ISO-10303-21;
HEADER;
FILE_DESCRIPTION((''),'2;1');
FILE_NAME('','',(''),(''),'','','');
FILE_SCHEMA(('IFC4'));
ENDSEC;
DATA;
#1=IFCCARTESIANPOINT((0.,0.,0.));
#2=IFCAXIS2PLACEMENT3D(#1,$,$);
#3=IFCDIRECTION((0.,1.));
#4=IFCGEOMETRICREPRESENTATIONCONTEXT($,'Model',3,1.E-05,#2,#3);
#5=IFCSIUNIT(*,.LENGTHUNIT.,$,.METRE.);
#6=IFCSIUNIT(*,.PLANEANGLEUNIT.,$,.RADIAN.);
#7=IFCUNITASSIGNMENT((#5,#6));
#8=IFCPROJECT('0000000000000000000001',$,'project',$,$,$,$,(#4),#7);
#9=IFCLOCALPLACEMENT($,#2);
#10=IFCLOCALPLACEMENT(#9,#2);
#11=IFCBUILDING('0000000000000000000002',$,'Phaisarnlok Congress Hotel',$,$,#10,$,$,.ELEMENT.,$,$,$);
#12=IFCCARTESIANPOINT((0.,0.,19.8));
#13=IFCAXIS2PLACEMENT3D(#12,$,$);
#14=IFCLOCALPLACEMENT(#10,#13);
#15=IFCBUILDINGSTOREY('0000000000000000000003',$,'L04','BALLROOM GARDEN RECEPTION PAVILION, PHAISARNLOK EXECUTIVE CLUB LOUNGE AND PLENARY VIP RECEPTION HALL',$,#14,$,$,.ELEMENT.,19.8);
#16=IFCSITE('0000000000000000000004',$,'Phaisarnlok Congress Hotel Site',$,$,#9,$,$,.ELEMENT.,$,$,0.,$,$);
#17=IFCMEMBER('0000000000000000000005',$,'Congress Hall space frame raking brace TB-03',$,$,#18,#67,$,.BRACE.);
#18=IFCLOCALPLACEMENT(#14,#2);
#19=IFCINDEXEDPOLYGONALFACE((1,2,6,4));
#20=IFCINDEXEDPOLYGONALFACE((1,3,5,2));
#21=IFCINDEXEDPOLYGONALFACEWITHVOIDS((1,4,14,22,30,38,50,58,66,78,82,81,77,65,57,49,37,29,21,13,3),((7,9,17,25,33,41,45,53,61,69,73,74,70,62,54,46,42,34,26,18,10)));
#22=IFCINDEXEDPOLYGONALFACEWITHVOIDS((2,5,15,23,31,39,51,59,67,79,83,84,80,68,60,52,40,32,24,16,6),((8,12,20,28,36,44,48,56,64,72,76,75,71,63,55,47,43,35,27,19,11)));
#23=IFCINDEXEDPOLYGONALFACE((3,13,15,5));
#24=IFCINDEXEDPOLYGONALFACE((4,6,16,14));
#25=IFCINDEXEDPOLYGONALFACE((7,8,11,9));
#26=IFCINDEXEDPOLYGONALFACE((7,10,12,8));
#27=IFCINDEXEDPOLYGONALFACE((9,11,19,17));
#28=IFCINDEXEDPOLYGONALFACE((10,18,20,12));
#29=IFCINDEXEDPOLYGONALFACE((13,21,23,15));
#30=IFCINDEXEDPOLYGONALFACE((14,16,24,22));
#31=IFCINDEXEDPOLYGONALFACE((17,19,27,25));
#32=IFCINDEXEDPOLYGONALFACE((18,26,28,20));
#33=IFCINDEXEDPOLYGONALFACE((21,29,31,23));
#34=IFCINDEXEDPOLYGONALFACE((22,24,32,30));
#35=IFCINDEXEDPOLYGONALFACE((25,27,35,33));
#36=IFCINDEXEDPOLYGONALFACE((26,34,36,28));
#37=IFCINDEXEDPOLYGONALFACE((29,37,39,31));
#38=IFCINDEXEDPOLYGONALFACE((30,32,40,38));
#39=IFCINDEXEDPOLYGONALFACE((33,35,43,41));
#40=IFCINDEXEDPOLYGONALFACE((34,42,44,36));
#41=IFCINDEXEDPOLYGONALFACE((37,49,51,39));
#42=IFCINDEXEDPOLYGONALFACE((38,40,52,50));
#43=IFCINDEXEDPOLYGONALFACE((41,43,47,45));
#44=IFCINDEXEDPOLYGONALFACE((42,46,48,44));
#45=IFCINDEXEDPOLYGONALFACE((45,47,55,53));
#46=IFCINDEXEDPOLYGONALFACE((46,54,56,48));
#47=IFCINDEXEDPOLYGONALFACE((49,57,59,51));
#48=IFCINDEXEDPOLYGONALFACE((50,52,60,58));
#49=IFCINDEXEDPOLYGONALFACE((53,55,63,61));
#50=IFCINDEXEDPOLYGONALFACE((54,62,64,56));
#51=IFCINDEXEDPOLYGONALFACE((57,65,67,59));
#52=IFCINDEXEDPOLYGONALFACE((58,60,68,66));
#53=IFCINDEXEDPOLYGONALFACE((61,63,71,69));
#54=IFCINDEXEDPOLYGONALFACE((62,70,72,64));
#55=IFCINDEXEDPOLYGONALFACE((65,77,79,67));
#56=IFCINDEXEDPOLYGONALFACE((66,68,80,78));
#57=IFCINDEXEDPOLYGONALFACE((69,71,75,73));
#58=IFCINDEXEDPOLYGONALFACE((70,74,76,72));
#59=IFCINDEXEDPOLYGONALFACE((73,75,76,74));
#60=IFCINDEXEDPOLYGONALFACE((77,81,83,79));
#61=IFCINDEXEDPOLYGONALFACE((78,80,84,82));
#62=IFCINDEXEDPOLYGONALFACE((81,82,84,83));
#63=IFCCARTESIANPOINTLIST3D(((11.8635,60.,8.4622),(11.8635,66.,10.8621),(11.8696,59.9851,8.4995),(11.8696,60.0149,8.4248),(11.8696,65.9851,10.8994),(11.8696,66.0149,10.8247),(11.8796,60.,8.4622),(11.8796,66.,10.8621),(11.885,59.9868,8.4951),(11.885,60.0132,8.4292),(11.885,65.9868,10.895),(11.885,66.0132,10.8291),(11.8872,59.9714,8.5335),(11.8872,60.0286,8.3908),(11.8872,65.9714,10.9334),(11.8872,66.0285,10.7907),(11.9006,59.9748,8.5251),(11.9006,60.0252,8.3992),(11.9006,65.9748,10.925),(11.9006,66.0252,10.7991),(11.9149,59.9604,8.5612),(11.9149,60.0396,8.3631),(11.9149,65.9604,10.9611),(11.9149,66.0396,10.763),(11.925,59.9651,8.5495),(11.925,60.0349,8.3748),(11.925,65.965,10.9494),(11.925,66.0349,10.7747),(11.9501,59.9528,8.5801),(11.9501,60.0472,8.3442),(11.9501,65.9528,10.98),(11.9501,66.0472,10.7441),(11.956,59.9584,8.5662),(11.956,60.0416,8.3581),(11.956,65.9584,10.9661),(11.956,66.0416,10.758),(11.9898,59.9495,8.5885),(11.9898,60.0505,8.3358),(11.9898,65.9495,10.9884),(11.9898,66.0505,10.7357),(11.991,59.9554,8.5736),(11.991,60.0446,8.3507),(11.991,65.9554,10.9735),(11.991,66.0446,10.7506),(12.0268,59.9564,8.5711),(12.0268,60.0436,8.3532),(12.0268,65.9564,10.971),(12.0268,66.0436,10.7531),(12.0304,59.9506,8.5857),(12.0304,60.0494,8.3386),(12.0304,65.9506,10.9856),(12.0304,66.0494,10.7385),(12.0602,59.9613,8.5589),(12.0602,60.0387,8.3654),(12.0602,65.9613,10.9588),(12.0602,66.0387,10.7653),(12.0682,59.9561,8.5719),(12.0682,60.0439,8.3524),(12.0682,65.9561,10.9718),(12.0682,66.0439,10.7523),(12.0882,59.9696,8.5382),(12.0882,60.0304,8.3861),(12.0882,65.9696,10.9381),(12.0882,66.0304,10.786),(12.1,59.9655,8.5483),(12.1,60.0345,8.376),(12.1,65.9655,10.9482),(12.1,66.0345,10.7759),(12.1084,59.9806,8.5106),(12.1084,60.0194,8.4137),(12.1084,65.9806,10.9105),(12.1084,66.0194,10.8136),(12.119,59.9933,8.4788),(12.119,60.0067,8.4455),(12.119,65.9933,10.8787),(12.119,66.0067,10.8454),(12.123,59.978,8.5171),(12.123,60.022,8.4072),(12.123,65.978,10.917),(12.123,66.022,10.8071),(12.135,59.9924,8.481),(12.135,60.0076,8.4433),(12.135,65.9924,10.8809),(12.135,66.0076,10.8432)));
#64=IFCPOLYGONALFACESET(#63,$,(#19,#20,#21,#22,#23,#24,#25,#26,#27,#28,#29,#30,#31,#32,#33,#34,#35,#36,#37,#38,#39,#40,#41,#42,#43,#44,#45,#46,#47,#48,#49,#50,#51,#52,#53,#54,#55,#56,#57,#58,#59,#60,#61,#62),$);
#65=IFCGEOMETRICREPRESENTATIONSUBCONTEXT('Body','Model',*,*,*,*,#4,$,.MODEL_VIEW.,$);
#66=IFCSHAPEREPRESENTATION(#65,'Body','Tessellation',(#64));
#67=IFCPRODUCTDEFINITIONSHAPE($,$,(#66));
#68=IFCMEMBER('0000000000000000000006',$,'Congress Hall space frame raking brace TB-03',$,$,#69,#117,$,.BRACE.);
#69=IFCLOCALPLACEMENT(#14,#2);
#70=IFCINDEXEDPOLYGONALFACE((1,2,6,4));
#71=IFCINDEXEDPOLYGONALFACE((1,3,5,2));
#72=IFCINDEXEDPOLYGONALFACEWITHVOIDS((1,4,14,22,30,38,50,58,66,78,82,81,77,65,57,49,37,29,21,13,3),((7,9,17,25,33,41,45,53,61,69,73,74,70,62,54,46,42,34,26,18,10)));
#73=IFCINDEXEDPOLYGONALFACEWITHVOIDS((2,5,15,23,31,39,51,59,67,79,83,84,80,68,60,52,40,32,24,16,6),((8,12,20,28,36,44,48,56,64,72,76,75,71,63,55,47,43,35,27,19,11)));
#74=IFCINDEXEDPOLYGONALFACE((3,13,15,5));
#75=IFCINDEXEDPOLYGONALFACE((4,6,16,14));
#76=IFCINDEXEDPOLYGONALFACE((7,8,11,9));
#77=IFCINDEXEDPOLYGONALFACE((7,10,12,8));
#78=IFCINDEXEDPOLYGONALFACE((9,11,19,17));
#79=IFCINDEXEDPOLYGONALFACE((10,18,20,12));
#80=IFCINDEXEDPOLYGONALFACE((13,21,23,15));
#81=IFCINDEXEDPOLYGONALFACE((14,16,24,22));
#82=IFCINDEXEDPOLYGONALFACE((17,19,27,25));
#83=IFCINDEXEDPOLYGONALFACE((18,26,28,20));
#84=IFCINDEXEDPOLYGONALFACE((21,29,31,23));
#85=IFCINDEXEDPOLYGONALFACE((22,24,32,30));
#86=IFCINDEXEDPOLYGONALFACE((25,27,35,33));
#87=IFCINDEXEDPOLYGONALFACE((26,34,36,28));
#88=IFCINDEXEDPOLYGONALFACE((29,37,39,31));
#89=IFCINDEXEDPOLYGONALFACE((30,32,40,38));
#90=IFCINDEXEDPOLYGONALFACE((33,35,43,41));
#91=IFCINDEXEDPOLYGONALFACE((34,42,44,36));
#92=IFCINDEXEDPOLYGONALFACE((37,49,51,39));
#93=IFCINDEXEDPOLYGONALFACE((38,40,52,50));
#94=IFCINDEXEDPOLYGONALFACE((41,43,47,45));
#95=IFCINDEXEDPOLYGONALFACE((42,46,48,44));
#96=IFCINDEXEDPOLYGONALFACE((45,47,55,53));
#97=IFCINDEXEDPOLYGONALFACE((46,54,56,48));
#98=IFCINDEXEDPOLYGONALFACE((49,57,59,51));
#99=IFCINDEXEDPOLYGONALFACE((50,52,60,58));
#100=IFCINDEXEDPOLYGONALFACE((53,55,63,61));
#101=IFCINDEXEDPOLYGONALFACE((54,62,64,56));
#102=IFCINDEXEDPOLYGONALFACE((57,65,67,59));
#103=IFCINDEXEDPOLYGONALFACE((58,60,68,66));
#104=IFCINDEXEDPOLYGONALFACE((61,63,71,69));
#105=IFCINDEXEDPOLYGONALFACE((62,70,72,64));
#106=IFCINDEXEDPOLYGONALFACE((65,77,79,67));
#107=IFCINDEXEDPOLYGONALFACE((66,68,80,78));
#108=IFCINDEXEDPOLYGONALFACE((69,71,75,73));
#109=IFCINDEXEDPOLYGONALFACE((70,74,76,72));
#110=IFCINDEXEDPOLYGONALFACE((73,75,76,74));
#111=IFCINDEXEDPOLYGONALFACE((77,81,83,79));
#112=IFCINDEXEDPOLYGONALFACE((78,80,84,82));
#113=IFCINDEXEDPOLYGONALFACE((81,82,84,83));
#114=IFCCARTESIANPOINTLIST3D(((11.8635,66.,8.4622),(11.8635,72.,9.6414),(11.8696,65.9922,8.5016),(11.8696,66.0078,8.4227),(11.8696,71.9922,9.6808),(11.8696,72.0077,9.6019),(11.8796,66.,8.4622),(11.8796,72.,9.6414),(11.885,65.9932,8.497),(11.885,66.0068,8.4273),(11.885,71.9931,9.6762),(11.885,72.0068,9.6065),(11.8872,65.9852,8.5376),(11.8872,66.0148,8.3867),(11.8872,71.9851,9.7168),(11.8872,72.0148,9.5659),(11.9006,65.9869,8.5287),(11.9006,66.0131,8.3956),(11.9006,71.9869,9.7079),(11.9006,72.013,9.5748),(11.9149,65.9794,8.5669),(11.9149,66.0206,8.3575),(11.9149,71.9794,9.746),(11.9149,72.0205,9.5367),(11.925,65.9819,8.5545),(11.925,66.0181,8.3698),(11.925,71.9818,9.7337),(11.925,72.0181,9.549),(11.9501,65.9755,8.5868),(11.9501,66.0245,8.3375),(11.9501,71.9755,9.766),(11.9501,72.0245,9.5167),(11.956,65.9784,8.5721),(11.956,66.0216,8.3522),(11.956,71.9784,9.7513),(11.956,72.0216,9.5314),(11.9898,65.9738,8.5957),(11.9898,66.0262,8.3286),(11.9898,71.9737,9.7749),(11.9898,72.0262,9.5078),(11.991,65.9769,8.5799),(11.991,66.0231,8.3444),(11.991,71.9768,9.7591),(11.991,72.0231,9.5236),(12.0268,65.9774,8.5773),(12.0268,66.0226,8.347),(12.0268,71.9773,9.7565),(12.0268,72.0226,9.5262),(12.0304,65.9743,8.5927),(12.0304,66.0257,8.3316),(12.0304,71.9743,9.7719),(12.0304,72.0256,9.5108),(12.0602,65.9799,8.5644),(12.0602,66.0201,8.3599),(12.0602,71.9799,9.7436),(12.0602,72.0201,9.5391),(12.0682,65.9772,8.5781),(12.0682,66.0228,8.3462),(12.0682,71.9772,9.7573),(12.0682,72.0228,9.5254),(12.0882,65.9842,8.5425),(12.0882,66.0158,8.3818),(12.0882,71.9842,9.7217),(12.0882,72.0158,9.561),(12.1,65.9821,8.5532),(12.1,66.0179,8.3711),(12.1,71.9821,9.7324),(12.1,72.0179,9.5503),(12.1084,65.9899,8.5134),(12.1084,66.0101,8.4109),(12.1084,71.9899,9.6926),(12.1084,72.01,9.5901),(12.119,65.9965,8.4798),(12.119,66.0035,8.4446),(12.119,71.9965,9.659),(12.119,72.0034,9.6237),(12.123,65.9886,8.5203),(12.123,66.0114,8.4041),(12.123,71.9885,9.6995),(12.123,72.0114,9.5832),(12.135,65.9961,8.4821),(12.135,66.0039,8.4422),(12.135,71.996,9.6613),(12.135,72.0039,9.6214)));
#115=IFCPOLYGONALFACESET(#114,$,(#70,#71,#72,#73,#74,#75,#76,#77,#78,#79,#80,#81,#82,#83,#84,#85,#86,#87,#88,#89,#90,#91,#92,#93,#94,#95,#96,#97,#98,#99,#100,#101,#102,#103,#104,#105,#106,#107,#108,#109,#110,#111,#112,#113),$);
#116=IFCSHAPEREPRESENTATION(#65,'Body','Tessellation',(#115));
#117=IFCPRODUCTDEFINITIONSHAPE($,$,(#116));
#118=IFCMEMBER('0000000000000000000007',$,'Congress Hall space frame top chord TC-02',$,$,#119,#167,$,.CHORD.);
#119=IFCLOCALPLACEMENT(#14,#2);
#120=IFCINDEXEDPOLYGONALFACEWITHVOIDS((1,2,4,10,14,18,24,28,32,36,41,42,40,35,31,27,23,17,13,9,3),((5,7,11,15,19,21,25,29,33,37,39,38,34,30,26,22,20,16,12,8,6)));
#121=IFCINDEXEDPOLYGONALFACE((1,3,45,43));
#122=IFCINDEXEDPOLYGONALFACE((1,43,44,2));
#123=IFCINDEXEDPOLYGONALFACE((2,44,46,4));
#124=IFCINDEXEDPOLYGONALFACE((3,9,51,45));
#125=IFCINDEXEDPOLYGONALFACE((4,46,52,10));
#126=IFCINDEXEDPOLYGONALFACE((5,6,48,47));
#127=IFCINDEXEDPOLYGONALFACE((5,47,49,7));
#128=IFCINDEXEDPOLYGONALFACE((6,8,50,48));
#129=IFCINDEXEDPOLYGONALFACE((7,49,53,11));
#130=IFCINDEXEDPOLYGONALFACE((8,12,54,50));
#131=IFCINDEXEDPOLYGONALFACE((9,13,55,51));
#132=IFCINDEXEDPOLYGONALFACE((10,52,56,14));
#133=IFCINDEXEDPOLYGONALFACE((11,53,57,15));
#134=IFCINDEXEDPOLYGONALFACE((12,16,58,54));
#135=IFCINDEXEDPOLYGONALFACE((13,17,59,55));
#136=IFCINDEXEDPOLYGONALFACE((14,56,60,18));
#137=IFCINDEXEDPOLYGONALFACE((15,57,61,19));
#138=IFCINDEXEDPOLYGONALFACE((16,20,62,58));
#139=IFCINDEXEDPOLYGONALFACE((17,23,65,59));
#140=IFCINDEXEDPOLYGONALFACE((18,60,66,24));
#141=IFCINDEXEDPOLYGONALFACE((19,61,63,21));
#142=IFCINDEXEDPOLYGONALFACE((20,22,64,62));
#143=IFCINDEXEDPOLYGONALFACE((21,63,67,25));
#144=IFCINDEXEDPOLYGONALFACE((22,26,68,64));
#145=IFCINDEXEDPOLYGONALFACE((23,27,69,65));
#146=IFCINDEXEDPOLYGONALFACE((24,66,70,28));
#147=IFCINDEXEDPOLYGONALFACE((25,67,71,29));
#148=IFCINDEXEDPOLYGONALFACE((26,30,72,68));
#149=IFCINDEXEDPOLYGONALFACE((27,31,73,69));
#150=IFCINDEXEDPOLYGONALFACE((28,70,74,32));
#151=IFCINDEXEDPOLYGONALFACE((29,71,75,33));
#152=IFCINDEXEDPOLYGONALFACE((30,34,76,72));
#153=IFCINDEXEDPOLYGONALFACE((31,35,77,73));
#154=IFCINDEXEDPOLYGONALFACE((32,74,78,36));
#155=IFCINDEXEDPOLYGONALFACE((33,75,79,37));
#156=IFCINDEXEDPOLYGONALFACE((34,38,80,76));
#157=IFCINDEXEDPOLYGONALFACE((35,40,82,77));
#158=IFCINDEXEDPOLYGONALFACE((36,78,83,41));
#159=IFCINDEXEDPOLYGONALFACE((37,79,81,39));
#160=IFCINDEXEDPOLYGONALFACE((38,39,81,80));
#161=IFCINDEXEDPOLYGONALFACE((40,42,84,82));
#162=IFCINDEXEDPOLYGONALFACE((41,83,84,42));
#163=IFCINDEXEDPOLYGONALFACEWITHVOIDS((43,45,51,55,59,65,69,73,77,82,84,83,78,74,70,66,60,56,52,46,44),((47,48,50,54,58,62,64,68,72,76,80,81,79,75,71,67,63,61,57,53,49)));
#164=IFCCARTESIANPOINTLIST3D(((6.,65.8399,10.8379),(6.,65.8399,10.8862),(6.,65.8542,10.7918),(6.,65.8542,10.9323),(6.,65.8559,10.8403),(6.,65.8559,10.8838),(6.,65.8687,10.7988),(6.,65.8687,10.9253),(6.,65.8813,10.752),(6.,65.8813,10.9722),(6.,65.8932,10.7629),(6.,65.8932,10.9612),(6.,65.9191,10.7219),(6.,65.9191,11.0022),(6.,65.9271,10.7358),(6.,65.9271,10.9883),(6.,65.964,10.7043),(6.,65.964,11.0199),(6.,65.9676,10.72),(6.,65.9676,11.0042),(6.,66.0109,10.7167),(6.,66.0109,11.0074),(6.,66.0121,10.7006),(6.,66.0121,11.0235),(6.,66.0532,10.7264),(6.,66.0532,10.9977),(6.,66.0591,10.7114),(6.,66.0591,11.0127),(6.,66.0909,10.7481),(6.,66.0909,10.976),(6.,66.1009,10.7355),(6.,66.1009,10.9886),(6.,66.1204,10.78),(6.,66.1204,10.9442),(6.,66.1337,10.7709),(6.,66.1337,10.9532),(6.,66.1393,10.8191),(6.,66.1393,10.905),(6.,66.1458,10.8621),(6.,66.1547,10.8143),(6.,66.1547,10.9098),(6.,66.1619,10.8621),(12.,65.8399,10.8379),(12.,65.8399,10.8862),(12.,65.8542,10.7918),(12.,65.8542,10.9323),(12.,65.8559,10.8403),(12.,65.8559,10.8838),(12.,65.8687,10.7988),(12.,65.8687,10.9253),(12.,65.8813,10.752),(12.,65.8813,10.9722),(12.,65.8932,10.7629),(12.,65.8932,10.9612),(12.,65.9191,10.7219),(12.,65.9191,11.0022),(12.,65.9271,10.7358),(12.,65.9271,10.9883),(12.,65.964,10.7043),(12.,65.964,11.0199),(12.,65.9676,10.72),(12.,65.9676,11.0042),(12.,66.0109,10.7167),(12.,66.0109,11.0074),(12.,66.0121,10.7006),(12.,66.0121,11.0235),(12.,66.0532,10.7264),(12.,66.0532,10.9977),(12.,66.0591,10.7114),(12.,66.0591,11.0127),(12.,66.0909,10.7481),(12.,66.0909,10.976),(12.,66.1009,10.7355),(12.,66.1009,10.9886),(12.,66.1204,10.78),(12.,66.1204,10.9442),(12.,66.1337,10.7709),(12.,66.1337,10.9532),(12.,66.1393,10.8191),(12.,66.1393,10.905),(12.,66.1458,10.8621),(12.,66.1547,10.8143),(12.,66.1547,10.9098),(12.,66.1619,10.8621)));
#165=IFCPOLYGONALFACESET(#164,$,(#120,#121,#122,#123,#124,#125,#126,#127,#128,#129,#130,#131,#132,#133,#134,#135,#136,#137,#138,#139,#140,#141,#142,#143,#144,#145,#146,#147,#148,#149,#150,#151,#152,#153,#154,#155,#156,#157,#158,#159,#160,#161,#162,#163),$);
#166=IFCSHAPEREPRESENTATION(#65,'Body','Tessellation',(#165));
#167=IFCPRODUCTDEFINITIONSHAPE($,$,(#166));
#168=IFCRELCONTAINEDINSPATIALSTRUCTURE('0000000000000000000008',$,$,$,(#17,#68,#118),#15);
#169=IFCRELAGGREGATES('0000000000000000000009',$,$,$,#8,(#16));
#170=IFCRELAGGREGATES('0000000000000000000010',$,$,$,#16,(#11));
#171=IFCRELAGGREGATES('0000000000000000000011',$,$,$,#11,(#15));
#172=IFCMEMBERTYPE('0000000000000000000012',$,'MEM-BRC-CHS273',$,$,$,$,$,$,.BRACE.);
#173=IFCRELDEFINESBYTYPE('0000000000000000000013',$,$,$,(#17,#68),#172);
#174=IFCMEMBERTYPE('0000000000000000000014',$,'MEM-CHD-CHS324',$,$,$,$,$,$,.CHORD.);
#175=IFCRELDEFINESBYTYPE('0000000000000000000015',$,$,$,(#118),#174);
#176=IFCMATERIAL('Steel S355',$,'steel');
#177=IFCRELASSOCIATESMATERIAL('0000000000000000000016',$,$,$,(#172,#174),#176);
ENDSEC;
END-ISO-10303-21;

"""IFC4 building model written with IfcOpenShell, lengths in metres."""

from ifc_helpers import new_model, si_unit, direction, frame, origin, origin_2d, place, context, subcontext, project, spatial, hollow_circle, extrude, material, material_profile, profile_set, type_object, element, save


model = new_model("IFC4")

# Units and contexts
model_context = context("Model", 3, precision=1e-05, world=origin(), true_north=direction((0.0, 1.0)))
body_context = subcontext(model_context, "Body", "Model", "MODEL_VIEW")
ifc_project = project(units=[si_unit("LENGTHUNIT", "METRE"), si_unit("PLANEANGLEUNIT", "RADIAN")], contexts=[model_context])

# Site, building, storey
site_placement = place(None, origin())
site = spatial("IfcSite", under=ifc_project, at=site_placement, Name="Phaisarnlok Congress Hotel Site", CompositionType="ELEMENT", RefElevation=0.0)
building_placement = place(site_placement, origin())
building = spatial("IfcBuilding", under=site, at=building_placement, Name="Phaisarnlok Congress Hotel", CompositionType="ELEMENT")
storey_placement = place(building_placement, frame((0.0, 0.0, 19.8)))
storey = spatial("IfcBuildingStorey", under=building, at=storey_placement, Name="L04", Description="BALLROOM GARDEN RECEPTION PAVILION, PHAISARNLOK EXECUTIVE CLUB LOUNGE AND PLENARY VIP RECEPTION HALL", CompositionType="ELEMENT", Elevation=19.8)

# Members
ifc_material = material(Name="Steel S355", Category="steel")
ifc_material_profile_1 = material_profile(ifc_material, hollow_circle(Radius=0.1365, WallThickness=0.0161, at=origin_2d()), Name="CHS 273x16")
ifc_profile_set_1 = profile_set([ifc_material_profile_1], Name="Steel S355")
member_type_1 = type_object("IfcMemberType", Name="MEM-BRC-CHS273", PredefinedType="BRACE", material=ifc_profile_set_1)
member_1_placement = place(storey_placement, frame((12.0, 60.0, 8.4622), z_axis=(0.0, 0.928482, 0.371378), x_axis=(-1.0, 0.0, 0.0)))
element("IfcMember", 1, at=member_1_placement, inside=storey, type_object=member_type_1, Name="Congress Hall space frame raking brace TB-03", PredefinedType="BRACE", context=body_context, shape_type="SweptSolid", body=[
    extrude(hollow_circle(Radius=0.1365, WallThickness=0.0161, at=origin_2d()), origin(), (0.0, 0.0, 1.0), 6.4622),
])
member_2_placement = place(storey_placement, frame((12.0, 66.0, 8.4622), z_axis=(0.0, 0.981229, 0.192844), x_axis=(-1.0, 0.0, 0.0)))
element("IfcMember", 2, at=member_2_placement, inside=storey, type_object=member_type_1, Name="Congress Hall space frame raking brace TB-03", PredefinedType="BRACE", context=body_context, shape_type="SweptSolid", body=[
    extrude(hollow_circle(Radius=0.1365, WallThickness=0.0161, at=origin_2d()), origin(), (0.0, 0.0, 1.0), 6.1147),
])
ifc_material_profile_2 = material_profile(ifc_material, hollow_circle(Radius=0.1619, WallThickness=0.0161, at=origin_2d()), Name="CHS 323.9x16")
ifc_profile_set_2 = profile_set([ifc_material_profile_2], Name="Steel S355")
member_type_2 = type_object("IfcMemberType", Name="MEM-CHD-CHS324", PredefinedType="CHORD", material=ifc_profile_set_2)
member_3_placement = place(storey_placement, frame((6.0, 66.0, 10.8621), z_axis=(1.0, 0.0, 0.0), x_axis=(0.0, 1.0, 0.0)))
element("IfcMember", 3, at=member_3_placement, inside=storey, type_object=member_type_2, Name="Congress Hall space frame top chord TC-02", PredefinedType="CHORD", context=body_context, shape_type="SweptSolid", body=[
    extrude(hollow_circle(Radius=0.1619, WallThickness=0.0161, at=origin_2d()), origin(), (0.0, 0.0, 1.0), 6.0),
])

save(model, "model.ifc")
